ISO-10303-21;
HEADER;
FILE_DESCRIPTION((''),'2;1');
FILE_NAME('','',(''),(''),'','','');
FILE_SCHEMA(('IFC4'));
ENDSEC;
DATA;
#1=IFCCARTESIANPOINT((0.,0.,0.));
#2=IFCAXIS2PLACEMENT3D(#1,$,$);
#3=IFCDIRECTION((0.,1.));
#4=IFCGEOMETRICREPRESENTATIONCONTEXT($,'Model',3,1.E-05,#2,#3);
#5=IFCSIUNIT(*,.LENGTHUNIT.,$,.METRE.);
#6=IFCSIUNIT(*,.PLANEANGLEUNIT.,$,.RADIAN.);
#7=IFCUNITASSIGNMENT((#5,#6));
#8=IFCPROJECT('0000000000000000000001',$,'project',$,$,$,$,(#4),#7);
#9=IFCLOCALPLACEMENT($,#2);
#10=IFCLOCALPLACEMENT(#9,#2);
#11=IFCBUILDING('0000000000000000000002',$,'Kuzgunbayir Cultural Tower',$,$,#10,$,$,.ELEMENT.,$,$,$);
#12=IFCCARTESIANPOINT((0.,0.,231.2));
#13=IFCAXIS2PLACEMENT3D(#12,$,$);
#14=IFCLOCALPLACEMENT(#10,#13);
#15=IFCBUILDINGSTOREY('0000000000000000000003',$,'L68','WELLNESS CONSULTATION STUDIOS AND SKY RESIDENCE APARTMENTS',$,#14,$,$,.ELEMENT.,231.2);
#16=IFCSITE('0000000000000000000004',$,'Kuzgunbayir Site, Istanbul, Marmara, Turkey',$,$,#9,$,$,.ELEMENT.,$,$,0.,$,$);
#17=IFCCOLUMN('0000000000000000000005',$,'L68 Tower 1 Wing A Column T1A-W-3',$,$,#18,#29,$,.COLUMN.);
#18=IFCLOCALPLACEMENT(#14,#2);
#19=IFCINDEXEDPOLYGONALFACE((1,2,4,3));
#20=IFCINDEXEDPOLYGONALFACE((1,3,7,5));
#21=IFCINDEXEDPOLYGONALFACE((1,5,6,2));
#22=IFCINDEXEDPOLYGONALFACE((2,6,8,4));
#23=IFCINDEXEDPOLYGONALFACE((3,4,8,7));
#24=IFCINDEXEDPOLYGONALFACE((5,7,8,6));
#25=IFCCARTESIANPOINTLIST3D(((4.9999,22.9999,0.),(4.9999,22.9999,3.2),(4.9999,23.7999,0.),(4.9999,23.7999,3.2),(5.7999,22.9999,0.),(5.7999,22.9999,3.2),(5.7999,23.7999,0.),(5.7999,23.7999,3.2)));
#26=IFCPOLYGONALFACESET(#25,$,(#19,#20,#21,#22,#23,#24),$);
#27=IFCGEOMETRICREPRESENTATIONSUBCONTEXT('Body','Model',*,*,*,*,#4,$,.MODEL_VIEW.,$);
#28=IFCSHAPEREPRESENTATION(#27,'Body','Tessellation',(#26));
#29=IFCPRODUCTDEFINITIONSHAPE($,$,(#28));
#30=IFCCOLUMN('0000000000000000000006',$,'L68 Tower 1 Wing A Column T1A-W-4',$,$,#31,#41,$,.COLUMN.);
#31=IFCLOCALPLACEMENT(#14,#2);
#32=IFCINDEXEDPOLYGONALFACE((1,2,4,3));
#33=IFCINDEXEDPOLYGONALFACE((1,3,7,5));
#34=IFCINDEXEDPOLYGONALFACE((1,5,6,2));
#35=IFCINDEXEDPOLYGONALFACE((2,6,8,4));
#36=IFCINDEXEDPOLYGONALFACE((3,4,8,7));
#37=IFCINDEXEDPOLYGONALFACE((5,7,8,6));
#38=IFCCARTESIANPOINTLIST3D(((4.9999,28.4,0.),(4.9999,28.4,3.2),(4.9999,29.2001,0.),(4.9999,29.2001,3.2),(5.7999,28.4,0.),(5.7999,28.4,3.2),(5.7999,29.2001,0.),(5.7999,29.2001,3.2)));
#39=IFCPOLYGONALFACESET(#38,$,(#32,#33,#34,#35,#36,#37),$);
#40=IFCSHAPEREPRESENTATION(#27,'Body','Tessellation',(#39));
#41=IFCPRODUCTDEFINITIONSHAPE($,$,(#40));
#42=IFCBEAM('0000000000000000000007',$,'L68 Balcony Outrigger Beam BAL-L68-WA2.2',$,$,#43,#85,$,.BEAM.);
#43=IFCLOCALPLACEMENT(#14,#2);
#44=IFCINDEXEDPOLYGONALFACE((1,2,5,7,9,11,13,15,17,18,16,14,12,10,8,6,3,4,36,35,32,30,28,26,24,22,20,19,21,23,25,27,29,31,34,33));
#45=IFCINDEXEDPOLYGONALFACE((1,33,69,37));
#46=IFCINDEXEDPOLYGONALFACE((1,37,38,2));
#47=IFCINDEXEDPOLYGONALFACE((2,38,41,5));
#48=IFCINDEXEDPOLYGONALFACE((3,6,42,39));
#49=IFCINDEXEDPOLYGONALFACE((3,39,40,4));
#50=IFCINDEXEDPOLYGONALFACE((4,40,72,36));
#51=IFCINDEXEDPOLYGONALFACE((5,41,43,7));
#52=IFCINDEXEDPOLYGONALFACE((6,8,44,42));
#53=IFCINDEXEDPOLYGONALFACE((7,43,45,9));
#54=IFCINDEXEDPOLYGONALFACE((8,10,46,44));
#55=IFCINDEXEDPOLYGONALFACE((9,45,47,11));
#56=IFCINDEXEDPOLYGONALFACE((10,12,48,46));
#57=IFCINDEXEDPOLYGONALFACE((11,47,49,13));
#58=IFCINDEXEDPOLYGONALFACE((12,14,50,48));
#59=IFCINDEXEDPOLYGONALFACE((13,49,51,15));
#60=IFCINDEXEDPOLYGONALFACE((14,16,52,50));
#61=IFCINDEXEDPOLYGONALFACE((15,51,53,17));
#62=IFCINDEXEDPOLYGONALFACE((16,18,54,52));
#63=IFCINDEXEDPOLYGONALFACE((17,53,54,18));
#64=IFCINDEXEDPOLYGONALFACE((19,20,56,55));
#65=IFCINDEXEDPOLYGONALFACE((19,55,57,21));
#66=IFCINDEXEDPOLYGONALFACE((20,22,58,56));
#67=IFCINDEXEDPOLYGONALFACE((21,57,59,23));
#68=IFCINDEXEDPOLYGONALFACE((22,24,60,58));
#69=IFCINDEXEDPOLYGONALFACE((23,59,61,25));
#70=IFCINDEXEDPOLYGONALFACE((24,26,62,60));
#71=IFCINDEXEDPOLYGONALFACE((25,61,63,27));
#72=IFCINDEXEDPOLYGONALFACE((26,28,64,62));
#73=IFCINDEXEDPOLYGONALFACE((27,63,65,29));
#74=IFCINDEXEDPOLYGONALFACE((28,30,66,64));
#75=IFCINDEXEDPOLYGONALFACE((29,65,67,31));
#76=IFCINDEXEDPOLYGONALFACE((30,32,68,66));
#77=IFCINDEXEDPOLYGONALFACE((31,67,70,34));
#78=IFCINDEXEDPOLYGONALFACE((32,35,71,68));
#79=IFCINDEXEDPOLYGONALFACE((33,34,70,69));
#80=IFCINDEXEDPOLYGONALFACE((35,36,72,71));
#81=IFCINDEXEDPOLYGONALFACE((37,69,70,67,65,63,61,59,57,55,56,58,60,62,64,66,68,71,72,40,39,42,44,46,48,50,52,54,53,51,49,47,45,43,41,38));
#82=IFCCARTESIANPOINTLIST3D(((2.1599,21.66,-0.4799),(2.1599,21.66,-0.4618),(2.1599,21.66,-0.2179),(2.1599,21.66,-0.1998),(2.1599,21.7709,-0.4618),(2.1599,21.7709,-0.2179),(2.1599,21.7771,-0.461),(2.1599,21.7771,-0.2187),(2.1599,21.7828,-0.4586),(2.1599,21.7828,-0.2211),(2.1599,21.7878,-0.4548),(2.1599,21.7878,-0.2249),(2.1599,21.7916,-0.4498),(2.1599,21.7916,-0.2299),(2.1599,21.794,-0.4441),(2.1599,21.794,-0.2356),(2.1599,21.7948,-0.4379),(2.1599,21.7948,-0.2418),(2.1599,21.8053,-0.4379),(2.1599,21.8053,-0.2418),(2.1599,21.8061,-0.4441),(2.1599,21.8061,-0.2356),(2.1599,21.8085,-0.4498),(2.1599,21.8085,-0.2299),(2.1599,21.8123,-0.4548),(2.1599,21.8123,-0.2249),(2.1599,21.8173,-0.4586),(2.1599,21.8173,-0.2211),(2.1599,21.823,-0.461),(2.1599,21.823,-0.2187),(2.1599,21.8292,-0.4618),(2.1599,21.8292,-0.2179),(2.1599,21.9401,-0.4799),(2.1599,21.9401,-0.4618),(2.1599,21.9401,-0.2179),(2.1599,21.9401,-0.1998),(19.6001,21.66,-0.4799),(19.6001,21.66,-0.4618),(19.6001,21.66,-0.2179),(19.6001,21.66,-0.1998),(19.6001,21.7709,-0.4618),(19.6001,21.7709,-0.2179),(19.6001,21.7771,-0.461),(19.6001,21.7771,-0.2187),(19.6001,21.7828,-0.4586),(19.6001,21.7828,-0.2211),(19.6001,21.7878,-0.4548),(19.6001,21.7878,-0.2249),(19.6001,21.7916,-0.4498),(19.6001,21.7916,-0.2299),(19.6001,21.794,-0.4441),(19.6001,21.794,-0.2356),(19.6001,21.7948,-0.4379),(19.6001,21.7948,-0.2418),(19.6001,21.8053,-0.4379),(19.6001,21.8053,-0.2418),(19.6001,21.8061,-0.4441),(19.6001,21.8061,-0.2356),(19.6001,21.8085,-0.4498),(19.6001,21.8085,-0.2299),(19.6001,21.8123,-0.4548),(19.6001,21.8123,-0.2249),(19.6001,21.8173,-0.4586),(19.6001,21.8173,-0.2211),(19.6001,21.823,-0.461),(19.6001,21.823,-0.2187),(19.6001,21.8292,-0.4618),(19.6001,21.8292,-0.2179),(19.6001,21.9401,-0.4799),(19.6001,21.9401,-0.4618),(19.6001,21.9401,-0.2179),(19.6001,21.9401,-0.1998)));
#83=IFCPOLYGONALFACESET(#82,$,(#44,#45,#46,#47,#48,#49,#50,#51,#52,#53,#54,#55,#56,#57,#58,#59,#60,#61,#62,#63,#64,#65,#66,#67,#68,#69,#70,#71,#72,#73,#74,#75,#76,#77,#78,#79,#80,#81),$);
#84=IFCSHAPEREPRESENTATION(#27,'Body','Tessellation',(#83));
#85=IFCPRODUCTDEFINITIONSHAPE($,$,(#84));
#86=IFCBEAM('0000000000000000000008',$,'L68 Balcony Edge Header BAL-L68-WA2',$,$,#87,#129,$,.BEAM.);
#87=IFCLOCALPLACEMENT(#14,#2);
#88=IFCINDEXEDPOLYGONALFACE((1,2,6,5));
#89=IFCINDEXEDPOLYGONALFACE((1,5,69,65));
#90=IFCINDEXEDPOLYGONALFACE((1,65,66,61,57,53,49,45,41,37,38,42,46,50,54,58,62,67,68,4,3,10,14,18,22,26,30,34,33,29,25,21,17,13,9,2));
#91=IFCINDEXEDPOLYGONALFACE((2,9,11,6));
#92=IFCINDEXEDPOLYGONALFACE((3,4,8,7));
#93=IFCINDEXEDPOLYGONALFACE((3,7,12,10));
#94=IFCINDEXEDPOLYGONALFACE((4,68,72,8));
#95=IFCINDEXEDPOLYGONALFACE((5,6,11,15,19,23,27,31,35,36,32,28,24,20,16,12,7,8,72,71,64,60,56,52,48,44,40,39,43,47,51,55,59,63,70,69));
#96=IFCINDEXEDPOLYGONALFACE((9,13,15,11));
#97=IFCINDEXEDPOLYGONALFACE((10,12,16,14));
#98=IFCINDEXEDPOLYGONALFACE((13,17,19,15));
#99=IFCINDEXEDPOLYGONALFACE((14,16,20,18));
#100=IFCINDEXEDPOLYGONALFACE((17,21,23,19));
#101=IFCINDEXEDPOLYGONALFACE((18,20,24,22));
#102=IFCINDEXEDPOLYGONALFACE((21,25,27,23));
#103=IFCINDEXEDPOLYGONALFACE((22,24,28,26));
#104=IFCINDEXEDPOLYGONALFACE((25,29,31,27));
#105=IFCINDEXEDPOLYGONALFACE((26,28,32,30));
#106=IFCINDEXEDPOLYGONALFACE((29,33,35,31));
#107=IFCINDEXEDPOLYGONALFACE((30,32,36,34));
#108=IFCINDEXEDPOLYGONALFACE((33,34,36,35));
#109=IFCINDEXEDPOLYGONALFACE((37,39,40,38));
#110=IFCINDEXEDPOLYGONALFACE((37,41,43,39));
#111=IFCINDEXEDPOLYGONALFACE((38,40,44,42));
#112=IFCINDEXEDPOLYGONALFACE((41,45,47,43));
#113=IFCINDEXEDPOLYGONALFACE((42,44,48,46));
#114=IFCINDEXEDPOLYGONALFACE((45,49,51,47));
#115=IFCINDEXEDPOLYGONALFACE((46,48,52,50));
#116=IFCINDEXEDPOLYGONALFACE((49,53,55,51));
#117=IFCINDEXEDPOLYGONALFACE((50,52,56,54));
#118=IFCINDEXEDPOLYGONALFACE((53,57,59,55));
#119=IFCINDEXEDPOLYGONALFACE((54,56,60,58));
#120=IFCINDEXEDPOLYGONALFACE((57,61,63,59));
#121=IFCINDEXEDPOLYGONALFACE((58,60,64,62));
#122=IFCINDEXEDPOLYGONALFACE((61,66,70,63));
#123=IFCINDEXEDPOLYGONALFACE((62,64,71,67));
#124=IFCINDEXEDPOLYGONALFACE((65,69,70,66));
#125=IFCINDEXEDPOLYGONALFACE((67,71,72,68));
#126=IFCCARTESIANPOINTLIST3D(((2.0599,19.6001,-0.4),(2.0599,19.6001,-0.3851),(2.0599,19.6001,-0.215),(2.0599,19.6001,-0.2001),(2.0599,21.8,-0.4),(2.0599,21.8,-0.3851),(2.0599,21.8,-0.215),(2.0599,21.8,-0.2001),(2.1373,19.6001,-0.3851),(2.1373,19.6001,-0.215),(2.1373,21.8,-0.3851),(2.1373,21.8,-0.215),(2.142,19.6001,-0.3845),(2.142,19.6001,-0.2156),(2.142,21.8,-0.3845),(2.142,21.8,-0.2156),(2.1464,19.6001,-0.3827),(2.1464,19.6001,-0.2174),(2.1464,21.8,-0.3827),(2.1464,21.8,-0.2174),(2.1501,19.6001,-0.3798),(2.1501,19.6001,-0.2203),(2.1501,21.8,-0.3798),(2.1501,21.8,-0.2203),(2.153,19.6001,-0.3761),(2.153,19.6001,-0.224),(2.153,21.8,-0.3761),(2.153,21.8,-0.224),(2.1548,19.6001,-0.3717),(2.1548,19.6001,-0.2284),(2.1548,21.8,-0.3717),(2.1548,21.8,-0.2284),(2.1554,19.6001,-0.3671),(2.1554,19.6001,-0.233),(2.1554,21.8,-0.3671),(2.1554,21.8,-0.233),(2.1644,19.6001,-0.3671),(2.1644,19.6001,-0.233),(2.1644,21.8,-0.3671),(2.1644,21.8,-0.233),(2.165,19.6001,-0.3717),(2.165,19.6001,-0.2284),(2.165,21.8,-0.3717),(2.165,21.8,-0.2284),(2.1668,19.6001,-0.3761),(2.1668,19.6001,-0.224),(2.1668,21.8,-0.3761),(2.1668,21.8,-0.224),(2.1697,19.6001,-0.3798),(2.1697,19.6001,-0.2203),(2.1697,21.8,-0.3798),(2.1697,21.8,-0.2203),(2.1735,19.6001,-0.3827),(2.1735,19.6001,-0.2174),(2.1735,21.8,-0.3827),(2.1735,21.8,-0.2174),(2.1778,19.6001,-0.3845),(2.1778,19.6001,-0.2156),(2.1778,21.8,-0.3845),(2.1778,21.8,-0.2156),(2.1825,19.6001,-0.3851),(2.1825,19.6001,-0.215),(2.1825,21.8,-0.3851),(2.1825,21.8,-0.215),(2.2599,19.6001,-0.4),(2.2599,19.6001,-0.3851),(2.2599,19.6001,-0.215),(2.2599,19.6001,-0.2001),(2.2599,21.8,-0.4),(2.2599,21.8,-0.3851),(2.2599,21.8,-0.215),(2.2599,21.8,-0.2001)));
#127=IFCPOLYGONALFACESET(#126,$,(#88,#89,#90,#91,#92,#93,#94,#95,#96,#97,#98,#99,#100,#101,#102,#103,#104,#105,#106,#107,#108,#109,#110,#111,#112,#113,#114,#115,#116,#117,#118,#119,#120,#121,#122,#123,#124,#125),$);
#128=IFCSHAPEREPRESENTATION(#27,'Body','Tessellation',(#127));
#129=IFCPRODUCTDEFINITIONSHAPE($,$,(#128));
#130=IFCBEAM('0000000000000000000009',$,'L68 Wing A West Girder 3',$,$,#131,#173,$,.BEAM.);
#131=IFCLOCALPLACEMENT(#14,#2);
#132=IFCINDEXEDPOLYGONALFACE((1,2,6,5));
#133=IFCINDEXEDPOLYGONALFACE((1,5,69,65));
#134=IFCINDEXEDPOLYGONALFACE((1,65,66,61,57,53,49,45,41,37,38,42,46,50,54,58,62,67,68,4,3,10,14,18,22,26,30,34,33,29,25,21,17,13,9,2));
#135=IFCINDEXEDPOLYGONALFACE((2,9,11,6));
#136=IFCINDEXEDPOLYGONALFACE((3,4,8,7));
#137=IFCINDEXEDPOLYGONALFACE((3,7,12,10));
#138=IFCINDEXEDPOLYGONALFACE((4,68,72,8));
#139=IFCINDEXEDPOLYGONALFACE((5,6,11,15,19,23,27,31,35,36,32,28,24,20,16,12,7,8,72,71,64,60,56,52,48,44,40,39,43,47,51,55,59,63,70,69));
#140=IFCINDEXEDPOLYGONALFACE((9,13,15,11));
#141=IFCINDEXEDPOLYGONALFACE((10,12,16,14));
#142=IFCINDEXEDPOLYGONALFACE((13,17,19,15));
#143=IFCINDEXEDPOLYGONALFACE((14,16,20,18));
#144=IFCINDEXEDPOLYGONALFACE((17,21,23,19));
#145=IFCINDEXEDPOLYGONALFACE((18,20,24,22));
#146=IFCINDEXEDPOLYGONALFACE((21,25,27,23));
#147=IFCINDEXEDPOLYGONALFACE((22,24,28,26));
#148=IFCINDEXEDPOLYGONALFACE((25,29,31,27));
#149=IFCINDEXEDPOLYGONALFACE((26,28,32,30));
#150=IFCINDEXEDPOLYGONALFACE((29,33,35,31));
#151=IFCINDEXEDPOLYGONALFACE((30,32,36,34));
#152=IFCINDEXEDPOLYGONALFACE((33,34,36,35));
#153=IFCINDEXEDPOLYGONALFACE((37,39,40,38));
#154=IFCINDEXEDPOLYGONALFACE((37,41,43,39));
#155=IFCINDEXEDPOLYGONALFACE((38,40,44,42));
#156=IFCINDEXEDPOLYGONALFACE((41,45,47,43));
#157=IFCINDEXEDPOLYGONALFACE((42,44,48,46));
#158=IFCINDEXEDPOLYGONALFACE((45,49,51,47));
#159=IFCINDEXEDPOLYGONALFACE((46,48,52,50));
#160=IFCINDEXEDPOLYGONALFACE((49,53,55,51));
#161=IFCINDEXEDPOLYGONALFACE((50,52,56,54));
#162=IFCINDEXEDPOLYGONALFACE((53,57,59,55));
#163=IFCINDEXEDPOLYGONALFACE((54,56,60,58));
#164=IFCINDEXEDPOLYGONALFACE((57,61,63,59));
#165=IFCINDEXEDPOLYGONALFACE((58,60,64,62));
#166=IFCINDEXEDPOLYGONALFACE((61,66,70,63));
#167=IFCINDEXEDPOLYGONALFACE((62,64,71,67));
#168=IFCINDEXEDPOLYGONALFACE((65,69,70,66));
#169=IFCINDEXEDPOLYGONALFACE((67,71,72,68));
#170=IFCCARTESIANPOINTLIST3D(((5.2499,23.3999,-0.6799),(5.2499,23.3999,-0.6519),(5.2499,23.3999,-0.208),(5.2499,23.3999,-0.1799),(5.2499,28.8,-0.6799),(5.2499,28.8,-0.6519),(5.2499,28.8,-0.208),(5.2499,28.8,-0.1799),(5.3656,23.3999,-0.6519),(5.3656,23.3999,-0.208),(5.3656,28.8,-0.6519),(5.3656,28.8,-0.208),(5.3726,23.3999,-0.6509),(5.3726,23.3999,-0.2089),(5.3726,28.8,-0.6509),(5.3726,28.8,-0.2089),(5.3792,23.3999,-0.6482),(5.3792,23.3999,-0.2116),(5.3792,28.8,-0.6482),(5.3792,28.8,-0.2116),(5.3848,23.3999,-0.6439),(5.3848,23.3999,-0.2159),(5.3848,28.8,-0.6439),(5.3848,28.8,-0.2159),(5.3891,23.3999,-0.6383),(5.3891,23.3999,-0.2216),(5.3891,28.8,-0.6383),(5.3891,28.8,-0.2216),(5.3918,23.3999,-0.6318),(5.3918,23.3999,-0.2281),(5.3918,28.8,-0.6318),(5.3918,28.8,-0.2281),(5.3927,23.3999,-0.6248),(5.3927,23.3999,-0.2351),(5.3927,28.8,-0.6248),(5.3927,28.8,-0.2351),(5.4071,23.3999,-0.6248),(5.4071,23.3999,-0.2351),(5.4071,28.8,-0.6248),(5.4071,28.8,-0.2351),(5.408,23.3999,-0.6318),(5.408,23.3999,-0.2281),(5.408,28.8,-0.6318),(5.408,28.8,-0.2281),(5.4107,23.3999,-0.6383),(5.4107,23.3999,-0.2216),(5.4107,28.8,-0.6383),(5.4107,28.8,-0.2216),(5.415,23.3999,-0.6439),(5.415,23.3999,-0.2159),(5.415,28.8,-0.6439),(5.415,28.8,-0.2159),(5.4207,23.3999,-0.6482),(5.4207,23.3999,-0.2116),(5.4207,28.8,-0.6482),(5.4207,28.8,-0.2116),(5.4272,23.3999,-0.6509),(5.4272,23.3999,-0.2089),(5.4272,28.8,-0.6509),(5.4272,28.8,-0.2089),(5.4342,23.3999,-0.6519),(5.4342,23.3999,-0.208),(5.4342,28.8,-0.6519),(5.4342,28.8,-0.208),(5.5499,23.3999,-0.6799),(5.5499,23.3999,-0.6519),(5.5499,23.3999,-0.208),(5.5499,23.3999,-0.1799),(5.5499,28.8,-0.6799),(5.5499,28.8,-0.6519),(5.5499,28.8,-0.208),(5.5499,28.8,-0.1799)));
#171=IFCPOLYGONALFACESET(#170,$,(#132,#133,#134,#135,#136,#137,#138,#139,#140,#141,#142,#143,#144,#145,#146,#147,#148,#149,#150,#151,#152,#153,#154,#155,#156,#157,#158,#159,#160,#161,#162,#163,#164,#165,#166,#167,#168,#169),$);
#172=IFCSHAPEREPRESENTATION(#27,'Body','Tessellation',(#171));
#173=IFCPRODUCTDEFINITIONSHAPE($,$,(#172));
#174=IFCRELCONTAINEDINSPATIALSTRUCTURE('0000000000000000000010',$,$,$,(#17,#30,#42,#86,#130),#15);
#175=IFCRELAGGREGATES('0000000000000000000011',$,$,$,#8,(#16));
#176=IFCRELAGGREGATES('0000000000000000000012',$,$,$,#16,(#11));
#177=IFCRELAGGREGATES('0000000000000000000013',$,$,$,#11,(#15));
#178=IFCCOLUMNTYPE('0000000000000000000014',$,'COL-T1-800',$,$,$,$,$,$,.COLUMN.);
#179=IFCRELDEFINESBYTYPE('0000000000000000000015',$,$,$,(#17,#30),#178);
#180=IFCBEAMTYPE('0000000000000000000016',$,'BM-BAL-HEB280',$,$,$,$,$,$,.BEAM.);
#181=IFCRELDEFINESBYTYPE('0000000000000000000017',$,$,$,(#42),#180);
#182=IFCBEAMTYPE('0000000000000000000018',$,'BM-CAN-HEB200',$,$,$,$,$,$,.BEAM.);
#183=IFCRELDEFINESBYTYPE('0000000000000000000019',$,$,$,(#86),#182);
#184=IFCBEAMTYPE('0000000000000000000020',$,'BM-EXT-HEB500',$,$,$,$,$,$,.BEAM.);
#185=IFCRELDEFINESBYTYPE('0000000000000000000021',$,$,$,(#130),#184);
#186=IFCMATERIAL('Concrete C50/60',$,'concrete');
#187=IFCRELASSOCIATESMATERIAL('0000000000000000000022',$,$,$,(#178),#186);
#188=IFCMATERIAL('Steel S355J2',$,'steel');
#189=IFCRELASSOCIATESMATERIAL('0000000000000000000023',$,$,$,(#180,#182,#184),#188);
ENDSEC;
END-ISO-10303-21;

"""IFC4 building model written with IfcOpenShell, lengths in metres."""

from ifc_helpers import new_model, si_unit, direction, frame, origin, origin_2d, place, context, subcontext, project, spatial, rectangle, i_section, extrude, material, material_profile, profile_set, type_object, element, save


model = new_model("IFC4")

# Units and contexts
model_context = context("Model", 3, precision=1e-05, world=origin(), true_north=direction((0.0, 1.0)))
body_context = subcontext(model_context, "Body", "Model", "MODEL_VIEW")
ifc_project = project(units=[si_unit("LENGTHUNIT", "METRE"), si_unit("PLANEANGLEUNIT", "RADIAN")], contexts=[model_context])

# Site, building, storey
site_placement = place(None, origin())
site = spatial("IfcSite", under=ifc_project, at=site_placement, Name="Kuzgunbayir Site, Istanbul, Marmara, Turkey", CompositionType="ELEMENT", RefElevation=0.0)
building_placement = place(site_placement, origin())
building = spatial("IfcBuilding", under=site, at=building_placement, Name="Kuzgunbayir Cultural Tower", CompositionType="ELEMENT")
storey_placement = place(building_placement, frame((0.0, 0.0, 231.2)))
storey = spatial("IfcBuildingStorey", under=building, at=storey_placement, Name="L68", Description="WELLNESS CONSULTATION STUDIOS AND SKY RESIDENCE APARTMENTS", CompositionType="ELEMENT", Elevation=231.2)

# Columns
ifc_material_1 = material(Name="Concrete C50/60", Category="concrete")
ifc_material_profile_1 = material_profile(ifc_material_1, rectangle(XDim=0.8, YDim=0.8, at=origin_2d()), Name="RC 800x800")
ifc_profile_set_1 = profile_set([ifc_material_profile_1], Name="Concrete C50/60")
column_type = type_object("IfcColumnType", Name="COL-T1-800", PredefinedType="COLUMN", material=ifc_profile_set_1)
for number, where, z_axis, x_axis, name in (
    (1, (5.3999, 23.3999, 0.0), (0.0, 0.0, 1.0), (1.0, 0.0, 0.0), "L68 Tower 1 Wing A Column T1A-W-3"),
    (2, (5.3999, 28.8, 0.0), (0.0, 0.0, 1.0), (1.0, 0.0, 0.0), "L68 Tower 1 Wing A Column T1A-W-4"),
):
    element("IfcColumn", number, at=place(storey_placement, frame(where, z_axis=z_axis, x_axis=x_axis)), inside=storey, type_object=column_type, Name=name, PredefinedType="COLUMN", context=body_context, shape_type="SweptSolid", body=[
        extrude(rectangle(XDim=0.8, YDim=0.8, at=origin_2d()), origin(), (0.0, 0.0, 1.0), 3.2),
    ])

# Beams
ifc_material_2 = material(Name="Steel S355J2", Category="steel")
ifc_material_profile_2 = material_profile(ifc_material_2, i_section(OverallWidth=0.28, OverallDepth=0.28, WebThickness=0.0105, FlangeThickness=0.0181, FilletRadius=0.0239, at=origin_2d()), Name="HEB 280")
ifc_profile_set_2 = profile_set([ifc_material_profile_2], Name="Steel S355J2")
beam_type_1 = type_object("IfcBeamType", Name="BM-BAL-HEB280", PredefinedType="BEAM", material=ifc_profile_set_2)
beam_1_placement = place(storey_placement, frame((2.1599, 21.8, -0.3398), z_axis=(1.0, 0.0, 0.0), x_axis=(0.0, 1.0, 0.0)))
element("IfcBeam", 3, at=beam_1_placement, inside=storey, type_object=beam_type_1, Name="L68 Balcony Outrigger Beam BAL-L68-WA2.2", PredefinedType="BEAM", context=body_context, shape_type="SweptSolid", body=[
    extrude(i_section(OverallWidth=0.28, OverallDepth=0.28, WebThickness=0.0105, FlangeThickness=0.0181, FilletRadius=0.0239, at=origin_2d()), origin(), (0.0, 0.0, 1.0), 17.4402),
])
ifc_material_profile_3 = material_profile(ifc_material_2, i_section(OverallWidth=0.2, OverallDepth=0.2, WebThickness=0.009, FlangeThickness=0.0149, FilletRadius=0.0181, at=origin_2d()), Name="HEB 200")
ifc_profile_set_3 = profile_set([ifc_material_profile_3], Name="Steel S355J2")
beam_type_2 = type_object("IfcBeamType", Name="BM-CAN-HEB200", PredefinedType="BEAM", material=ifc_profile_set_3)
beam_2_placement = place(storey_placement, frame((2.1599, 19.6001, -0.3), z_axis=(0.0, 1.0, 0.0), x_axis=(-1.0, 0.0, 0.0)))
element("IfcBeam", 4, at=beam_2_placement, inside=storey, type_object=beam_type_2, Name="L68 Balcony Edge Header BAL-L68-WA2", PredefinedType="BEAM", context=body_context, shape_type="SweptSolid", body=[
    extrude(i_section(OverallWidth=0.2, OverallDepth=0.2, WebThickness=0.009, FlangeThickness=0.0149, FilletRadius=0.0181, at=origin_2d()), origin(), (0.0, 0.0, 1.0), 2.2),
])
ifc_material_profile_4 = material_profile(ifc_material_2, i_section(OverallWidth=0.3, OverallDepth=0.5, WebThickness=0.0144, FlangeThickness=0.0281, FilletRadius=0.0271, at=origin_2d()), Name="HEB 500")
ifc_profile_set_4 = profile_set([ifc_material_profile_4], Name="Steel S355J2")
beam_type_3 = type_object("IfcBeamType", Name="BM-EXT-HEB500", PredefinedType="BEAM", material=ifc_profile_set_4)
beam_3_placement = place(storey_placement, frame((5.3999, 23.3999, -0.4299), z_axis=(0.0, 1.0, 0.0), x_axis=(-1.0, 0.0, 0.0)))
element("IfcBeam", 5, at=beam_3_placement, inside=storey, type_object=beam_type_3, Name="L68 Wing A West Girder 3", PredefinedType="BEAM", context=body_context, shape_type="SweptSolid", body=[
    extrude(i_section(OverallWidth=0.3, OverallDepth=0.5, WebThickness=0.0144, FlangeThickness=0.0281, FilletRadius=0.0271, at=origin_2d()), origin(), (0.0, 0.0, 1.0), 5.4001),
])

save(model, "model.ifc")
